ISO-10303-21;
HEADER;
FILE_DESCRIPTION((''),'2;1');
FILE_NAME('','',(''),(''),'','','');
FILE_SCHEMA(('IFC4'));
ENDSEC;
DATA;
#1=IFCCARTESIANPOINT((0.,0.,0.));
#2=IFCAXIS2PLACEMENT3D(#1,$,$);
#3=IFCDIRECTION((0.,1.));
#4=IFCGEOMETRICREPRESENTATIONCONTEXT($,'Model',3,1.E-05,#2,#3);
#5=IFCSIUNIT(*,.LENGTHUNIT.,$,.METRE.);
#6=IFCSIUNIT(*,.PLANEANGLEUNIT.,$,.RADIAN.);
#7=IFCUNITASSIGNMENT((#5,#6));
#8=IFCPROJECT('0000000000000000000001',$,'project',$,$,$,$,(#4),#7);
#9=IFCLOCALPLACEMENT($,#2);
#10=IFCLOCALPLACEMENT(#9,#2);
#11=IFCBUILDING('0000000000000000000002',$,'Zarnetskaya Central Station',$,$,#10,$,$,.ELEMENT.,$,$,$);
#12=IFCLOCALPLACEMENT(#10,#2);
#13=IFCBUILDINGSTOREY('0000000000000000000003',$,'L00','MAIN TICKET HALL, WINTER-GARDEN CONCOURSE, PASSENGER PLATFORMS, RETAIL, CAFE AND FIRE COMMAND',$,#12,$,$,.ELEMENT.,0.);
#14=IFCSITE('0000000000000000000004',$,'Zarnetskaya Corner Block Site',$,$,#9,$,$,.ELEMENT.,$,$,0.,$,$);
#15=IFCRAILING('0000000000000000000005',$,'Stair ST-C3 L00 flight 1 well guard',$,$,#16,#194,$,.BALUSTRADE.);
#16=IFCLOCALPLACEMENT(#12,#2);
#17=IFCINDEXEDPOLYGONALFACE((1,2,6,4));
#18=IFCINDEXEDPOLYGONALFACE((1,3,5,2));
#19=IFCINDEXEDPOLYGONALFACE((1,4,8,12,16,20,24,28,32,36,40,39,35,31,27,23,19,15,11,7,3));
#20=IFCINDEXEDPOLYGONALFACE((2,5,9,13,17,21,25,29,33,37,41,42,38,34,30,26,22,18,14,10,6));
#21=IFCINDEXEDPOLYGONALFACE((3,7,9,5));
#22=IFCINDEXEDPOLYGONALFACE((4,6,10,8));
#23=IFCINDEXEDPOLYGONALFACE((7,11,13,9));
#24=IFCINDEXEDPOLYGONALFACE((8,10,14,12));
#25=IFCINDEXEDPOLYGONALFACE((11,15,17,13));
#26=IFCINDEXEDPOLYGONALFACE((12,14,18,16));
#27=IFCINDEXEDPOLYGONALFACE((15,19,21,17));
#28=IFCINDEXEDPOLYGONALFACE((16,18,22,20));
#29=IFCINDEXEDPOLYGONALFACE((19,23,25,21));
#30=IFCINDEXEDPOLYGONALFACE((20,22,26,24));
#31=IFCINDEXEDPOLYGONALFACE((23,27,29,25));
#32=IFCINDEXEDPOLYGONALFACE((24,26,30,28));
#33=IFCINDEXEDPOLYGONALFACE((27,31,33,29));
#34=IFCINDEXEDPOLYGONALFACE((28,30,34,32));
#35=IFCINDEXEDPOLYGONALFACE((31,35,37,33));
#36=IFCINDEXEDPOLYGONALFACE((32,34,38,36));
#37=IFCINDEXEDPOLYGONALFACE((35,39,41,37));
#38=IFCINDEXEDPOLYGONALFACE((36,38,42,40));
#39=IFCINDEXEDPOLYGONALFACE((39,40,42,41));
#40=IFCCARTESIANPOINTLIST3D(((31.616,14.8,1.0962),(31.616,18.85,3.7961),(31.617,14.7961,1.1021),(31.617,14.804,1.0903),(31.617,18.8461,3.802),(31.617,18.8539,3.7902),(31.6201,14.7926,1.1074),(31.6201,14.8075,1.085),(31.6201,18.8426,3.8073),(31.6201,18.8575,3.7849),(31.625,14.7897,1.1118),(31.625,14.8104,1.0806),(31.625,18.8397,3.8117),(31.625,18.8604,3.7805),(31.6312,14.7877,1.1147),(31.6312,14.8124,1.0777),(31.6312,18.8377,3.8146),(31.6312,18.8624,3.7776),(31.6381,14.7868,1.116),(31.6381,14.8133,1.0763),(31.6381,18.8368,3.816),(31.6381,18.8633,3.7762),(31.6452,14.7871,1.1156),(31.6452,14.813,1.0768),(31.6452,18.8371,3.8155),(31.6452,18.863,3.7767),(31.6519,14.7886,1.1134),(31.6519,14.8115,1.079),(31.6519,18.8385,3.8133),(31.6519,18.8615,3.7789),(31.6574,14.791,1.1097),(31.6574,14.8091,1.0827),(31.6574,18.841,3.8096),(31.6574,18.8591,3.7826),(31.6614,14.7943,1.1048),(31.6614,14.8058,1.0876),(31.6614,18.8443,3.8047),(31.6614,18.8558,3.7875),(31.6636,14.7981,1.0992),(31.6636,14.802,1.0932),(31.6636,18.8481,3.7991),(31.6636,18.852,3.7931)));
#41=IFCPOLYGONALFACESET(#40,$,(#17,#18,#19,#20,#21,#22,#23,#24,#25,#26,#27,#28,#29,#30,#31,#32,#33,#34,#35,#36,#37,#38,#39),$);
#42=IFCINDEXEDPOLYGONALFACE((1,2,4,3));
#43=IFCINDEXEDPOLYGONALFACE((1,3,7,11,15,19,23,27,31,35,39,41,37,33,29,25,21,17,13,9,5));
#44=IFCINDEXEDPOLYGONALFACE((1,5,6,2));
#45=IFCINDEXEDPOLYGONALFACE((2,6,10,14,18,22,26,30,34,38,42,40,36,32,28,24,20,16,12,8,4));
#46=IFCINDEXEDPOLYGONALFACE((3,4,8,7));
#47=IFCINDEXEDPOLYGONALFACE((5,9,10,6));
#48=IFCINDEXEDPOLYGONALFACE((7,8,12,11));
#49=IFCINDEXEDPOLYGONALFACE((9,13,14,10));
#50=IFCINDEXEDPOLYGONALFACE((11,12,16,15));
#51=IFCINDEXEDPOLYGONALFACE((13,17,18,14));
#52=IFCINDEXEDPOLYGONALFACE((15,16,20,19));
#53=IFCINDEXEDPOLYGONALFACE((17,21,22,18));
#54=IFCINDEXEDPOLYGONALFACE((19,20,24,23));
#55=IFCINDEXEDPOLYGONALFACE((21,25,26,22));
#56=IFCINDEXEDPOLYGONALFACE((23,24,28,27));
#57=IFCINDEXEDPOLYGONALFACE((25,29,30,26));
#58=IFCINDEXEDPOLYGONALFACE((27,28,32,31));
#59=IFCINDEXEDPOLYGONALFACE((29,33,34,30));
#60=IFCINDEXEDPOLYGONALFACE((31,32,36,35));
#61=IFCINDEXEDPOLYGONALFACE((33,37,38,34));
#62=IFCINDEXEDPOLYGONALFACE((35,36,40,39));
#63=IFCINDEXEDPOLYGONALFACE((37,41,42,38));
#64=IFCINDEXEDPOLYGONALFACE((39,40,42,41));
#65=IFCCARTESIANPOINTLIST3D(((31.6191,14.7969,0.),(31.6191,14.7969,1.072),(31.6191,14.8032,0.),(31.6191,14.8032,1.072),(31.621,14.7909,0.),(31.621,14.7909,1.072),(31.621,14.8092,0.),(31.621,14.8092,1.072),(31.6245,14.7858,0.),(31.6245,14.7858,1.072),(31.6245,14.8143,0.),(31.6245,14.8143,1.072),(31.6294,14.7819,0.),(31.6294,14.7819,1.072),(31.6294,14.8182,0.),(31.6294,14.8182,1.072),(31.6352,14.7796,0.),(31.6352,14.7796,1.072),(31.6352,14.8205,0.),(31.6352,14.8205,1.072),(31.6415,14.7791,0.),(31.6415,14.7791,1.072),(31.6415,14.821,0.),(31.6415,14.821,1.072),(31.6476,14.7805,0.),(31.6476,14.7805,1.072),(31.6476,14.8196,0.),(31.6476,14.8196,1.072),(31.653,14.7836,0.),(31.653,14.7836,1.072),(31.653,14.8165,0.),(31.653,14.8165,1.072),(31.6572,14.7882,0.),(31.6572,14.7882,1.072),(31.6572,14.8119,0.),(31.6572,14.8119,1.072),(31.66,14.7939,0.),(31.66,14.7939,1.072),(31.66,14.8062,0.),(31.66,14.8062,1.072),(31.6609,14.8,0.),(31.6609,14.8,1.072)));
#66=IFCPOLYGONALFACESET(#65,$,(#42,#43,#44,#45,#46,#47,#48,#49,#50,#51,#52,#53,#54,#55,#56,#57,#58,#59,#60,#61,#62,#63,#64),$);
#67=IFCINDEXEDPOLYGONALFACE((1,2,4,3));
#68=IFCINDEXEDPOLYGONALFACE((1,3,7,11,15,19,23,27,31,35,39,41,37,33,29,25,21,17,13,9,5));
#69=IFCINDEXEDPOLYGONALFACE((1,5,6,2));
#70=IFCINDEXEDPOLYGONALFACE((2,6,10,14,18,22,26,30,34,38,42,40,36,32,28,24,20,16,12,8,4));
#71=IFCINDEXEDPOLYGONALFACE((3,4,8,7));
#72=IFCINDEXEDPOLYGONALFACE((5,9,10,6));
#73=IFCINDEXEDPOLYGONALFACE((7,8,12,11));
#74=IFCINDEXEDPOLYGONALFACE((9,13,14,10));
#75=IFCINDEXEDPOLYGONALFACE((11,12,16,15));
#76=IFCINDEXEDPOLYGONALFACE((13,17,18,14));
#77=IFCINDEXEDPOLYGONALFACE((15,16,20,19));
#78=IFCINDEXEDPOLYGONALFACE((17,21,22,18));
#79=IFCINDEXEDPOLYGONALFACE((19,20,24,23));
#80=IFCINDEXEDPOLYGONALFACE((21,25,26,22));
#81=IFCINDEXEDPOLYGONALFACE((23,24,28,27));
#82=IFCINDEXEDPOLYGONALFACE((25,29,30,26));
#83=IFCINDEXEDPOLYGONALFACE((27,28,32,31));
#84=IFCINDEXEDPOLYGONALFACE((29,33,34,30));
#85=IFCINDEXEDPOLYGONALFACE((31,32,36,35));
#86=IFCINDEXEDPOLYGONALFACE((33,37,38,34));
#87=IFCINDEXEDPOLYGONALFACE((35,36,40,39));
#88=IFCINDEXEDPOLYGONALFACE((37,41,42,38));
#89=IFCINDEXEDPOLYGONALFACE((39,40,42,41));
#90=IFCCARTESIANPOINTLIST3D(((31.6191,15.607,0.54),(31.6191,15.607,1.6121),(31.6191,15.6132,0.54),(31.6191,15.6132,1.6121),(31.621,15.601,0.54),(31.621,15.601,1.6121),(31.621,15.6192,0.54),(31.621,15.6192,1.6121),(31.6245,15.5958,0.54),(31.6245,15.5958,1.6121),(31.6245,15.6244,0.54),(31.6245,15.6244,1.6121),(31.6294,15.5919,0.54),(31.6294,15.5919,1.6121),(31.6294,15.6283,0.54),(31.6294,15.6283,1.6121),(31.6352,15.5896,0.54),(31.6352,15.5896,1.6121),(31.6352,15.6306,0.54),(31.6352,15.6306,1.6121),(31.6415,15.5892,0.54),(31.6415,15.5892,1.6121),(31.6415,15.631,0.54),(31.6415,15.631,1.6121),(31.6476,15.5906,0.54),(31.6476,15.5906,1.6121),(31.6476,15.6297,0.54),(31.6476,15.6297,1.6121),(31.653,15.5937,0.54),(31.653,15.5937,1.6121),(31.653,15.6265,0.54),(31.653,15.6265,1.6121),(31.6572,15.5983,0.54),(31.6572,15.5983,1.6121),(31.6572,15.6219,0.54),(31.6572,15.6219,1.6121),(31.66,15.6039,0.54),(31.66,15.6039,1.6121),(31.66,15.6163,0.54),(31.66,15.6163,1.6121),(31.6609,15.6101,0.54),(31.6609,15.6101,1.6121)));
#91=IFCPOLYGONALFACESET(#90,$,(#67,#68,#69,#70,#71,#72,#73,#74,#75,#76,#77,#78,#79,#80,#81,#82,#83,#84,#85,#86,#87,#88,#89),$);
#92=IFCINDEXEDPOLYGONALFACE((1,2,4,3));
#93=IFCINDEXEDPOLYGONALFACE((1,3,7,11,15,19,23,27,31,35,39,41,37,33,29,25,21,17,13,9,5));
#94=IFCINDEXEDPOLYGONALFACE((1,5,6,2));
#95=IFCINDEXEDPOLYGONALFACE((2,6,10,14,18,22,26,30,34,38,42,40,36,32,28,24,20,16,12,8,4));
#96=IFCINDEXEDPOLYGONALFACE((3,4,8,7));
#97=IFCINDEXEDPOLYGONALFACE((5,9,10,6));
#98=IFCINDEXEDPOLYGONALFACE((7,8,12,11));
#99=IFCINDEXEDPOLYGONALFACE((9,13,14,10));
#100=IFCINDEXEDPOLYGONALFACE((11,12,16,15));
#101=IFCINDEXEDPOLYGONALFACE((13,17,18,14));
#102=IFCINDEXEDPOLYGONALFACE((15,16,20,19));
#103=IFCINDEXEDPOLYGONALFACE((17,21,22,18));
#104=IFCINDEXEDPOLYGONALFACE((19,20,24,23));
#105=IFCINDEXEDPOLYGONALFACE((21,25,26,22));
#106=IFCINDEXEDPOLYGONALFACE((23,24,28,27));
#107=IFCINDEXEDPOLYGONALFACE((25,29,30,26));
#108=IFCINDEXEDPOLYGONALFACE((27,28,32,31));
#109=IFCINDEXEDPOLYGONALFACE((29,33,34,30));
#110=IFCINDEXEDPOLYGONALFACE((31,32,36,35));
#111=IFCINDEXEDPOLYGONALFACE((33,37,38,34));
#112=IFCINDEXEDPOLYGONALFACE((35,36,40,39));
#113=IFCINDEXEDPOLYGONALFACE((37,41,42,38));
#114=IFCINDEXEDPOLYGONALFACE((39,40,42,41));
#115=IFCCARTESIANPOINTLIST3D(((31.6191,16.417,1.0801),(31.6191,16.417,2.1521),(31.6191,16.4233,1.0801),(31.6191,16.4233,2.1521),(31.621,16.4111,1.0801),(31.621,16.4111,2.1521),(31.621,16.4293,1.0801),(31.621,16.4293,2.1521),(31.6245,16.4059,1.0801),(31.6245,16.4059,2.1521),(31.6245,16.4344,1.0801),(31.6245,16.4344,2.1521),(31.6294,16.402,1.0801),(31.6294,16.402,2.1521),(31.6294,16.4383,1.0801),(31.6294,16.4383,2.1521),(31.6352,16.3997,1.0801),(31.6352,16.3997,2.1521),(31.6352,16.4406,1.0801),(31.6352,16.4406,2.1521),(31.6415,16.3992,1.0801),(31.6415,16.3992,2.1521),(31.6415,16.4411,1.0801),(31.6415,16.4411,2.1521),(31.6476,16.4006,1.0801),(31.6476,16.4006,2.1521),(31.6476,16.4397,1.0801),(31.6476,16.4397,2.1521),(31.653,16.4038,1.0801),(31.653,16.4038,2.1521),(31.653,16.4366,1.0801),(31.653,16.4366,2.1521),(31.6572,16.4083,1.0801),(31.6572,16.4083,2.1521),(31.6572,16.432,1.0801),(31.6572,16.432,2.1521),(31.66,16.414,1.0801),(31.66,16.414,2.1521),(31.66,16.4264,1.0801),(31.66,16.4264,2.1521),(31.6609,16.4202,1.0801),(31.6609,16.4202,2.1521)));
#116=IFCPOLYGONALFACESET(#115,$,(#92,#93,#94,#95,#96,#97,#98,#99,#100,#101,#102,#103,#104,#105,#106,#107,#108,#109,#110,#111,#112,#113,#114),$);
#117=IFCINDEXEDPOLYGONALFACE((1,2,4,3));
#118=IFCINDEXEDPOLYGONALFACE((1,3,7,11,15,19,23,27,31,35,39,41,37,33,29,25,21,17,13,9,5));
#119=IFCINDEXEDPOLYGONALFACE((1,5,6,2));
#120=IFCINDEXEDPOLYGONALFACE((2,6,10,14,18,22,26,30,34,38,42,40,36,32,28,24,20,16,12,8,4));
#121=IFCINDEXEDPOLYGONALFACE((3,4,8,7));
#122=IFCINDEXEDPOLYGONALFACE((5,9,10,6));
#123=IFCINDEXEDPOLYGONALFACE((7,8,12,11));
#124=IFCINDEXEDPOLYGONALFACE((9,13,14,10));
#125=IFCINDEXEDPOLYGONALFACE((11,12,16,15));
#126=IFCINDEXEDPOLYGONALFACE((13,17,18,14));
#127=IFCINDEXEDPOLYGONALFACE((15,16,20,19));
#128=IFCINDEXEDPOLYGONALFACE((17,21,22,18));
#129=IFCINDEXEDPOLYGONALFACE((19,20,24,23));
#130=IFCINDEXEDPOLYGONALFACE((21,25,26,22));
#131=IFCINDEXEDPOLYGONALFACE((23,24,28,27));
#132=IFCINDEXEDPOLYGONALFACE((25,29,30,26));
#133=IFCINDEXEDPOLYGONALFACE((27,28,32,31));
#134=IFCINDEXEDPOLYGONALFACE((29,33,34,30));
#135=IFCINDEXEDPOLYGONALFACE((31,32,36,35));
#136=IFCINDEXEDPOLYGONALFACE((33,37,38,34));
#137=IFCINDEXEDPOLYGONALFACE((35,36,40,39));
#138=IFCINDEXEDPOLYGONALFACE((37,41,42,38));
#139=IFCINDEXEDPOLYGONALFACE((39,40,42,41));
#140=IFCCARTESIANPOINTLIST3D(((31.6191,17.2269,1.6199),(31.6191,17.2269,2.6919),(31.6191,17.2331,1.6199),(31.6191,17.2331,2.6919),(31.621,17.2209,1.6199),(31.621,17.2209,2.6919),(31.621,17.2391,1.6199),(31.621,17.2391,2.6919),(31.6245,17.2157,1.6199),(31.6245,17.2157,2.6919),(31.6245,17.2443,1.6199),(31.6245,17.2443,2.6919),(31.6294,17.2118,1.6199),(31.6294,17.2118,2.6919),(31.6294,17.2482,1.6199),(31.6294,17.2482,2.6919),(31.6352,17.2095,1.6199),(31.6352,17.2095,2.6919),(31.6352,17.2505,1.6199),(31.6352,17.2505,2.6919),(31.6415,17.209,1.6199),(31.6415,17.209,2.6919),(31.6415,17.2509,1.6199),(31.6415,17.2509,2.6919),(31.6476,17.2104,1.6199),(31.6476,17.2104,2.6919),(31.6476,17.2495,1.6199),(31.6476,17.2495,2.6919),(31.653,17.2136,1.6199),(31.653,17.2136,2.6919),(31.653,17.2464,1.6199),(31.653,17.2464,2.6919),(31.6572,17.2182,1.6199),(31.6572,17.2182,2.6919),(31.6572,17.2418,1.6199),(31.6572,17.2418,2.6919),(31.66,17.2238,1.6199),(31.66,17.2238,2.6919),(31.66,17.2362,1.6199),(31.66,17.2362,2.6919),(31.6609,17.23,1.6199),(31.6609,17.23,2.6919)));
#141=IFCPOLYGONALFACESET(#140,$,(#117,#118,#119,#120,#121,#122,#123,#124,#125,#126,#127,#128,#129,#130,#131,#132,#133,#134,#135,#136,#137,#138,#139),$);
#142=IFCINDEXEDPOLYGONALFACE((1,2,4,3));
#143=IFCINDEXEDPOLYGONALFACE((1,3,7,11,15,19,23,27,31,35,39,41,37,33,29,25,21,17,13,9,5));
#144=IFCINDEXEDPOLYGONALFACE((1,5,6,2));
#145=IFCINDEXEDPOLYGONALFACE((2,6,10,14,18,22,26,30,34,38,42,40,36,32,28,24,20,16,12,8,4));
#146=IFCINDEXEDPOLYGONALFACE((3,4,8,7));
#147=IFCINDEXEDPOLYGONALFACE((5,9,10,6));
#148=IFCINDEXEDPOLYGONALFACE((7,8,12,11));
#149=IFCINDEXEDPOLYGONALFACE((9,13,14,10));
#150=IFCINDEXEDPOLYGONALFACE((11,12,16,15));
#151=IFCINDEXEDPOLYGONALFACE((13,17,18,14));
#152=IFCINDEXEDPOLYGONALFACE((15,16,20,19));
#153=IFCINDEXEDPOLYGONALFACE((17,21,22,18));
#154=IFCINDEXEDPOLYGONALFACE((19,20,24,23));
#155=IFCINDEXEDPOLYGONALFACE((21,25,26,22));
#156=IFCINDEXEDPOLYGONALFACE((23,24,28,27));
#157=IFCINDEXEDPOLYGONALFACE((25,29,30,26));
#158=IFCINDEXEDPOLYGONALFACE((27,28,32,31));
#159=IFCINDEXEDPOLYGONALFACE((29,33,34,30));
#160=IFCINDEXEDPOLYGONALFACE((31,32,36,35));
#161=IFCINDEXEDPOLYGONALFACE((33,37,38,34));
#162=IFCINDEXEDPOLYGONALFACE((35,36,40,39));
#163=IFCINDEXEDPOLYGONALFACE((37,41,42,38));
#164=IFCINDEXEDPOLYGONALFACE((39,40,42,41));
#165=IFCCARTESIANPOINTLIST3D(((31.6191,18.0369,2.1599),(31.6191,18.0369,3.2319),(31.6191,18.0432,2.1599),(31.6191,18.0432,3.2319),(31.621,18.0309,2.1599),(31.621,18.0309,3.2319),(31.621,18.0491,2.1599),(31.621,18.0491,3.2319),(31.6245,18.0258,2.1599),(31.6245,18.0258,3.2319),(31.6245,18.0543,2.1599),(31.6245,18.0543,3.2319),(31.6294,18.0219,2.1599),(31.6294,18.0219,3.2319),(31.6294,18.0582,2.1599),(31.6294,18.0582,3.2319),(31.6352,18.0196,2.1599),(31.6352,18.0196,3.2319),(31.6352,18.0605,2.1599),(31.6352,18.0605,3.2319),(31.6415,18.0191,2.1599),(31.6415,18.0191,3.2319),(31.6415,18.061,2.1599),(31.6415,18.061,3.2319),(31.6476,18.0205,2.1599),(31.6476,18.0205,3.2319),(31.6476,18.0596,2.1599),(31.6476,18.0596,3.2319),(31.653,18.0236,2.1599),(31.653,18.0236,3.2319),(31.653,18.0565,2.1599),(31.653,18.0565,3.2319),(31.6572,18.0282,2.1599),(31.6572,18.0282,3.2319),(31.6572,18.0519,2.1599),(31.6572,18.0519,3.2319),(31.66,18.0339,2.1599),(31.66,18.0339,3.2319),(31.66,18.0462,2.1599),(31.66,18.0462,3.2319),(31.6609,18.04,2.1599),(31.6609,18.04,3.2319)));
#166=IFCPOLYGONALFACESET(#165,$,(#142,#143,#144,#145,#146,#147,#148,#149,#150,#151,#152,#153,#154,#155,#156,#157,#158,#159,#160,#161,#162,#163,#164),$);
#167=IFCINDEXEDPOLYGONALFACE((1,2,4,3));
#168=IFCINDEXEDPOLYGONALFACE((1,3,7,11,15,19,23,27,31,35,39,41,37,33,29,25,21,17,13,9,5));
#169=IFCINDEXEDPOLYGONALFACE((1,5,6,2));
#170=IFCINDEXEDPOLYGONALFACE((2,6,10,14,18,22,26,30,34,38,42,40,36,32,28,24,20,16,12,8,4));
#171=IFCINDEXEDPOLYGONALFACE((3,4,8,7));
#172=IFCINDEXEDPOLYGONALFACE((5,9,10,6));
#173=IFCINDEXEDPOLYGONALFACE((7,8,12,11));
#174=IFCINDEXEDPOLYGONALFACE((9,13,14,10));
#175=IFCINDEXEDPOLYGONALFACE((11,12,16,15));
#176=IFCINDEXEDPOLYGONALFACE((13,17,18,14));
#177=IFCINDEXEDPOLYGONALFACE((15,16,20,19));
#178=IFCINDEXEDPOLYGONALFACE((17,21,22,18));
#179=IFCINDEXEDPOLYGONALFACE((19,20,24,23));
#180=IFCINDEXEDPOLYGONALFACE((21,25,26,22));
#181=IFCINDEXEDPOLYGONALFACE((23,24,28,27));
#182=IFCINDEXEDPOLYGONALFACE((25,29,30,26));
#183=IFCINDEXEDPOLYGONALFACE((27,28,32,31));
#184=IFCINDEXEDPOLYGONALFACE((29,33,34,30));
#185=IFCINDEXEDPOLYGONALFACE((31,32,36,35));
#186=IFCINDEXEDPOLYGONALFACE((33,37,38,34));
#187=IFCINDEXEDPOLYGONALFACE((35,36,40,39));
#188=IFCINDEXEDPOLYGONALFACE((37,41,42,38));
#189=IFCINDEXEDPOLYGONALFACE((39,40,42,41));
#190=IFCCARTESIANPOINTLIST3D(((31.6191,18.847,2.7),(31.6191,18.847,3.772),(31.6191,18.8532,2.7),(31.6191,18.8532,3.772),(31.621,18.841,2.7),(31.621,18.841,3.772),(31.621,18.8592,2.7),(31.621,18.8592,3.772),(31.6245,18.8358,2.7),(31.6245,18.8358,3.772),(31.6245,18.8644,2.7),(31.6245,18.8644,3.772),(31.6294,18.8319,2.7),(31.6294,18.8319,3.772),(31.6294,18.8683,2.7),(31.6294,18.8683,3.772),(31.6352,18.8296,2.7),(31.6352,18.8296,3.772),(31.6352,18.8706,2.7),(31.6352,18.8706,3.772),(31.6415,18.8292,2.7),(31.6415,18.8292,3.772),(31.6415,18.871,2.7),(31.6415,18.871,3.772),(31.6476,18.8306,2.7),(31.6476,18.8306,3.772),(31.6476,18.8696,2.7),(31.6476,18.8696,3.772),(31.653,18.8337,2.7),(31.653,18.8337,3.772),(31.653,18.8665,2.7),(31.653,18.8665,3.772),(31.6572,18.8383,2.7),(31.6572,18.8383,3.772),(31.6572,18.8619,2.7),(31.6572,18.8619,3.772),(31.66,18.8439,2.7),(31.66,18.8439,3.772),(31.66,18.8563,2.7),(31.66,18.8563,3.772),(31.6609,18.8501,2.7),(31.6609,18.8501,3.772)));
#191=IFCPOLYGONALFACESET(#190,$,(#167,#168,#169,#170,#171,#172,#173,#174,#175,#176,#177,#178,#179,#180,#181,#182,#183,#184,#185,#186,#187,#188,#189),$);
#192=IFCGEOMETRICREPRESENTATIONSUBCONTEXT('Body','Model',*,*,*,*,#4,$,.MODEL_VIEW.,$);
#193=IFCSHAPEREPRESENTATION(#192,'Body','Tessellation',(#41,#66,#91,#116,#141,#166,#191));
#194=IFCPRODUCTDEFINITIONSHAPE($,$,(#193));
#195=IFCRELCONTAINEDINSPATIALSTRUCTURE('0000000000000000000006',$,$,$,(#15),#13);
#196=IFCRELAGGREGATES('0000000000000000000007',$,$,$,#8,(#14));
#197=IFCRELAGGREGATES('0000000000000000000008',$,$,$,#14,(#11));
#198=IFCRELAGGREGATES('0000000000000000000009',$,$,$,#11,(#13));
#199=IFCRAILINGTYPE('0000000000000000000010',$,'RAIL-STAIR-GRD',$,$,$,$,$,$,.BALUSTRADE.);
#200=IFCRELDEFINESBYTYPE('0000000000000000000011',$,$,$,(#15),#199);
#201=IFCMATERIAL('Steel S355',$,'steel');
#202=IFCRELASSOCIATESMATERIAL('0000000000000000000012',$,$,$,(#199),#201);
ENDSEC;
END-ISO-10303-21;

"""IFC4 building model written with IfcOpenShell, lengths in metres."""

from ifc_helpers import new_model, si_unit, direction, frame, origin, origin_2d, place, context, subcontext, project, spatial, circle, extrude, material, type_object, element, save


model = new_model("IFC4")

# Units and contexts
model_context = context("Model", 3, precision=1e-05, world=origin(), true_north=direction((0.0, 1.0)))
body_context = subcontext(model_context, "Body", "Model", "MODEL_VIEW")
ifc_project = project(units=[si_unit("LENGTHUNIT", "METRE"), si_unit("PLANEANGLEUNIT", "RADIAN")], contexts=[model_context])

# Site, building, storey
site_placement = place(None, origin())
site = spatial("IfcSite", under=ifc_project, at=site_placement, Name="Zarnetskaya Corner Block Site", CompositionType="ELEMENT", RefElevation=0.0)
building_placement = place(site_placement, origin())
building = spatial("IfcBuilding", under=site, at=building_placement, Name="Zarnetskaya Central Station", CompositionType="ELEMENT")
storey_placement = place(building_placement, origin())
storey = spatial("IfcBuildingStorey", under=building, at=storey_placement, Name="L00", Description="MAIN TICKET HALL, WINTER-GARDEN CONCOURSE, PASSENGER PLATFORMS, RETAIL, CAFE AND FIRE COMMAND", CompositionType="ELEMENT", Elevation=0.0)

# Shared definitions
ifc_material_1 = material(Name="Steel S355", Category="steel")

# Railing
railing_type_1 = type_object("IfcRailingType", Name="RAIL-STAIR-GRD", PredefinedType="BALUSTRADE", material=ifc_material_1)
railing_1_placement = place(storey_placement, frame((31.6399, 14.8, 0.0)))
element("IfcRailing", 1, at=railing_1_placement, inside=storey, type_object=railing_type_1, Name="Stair ST-C3 L00 flight 1 well guard", PredefinedType="BALUSTRADE", context=body_context, shape_type="SweptSolid", body=[
    extrude(circle(Radius=0.0239, at=origin_2d()), frame((0.0, 0.0, 1.0962), z_axis=(0.0, 0.832058, 0.554689), x_axis=(-1.0, 0.0, 0.0)), (0.0, 0.0, 1.0), 4.8674),
    extrude(circle(Radius=0.021, at=origin_2d()), origin(), (0.0, 0.0, 1.0), 1.072),
    extrude(circle(Radius=0.021, at=origin_2d()), frame((0.0, 0.8101, 0.54)), (0.0, 0.0, 1.0), 1.072),
    extrude(circle(Radius=0.021, at=origin_2d()), frame((0.0, 1.6201, 1.0801)), (0.0, 0.0, 1.0), 1.072),
    extrude(circle(Radius=0.021, at=origin_2d()), frame((0.0, 2.4299, 1.6199)), (0.0, 0.0, 1.0), 1.072),
    extrude(circle(Radius=0.021, at=origin_2d()), frame((0.0, 3.24, 2.1599)), (0.0, 0.0, 1.0), 1.072),
    extrude(circle(Radius=0.021, at=origin_2d()), frame((0.0, 4.05, 2.7)), (0.0, 0.0, 1.0), 1.072),
])

save(model, "model.ifc")
